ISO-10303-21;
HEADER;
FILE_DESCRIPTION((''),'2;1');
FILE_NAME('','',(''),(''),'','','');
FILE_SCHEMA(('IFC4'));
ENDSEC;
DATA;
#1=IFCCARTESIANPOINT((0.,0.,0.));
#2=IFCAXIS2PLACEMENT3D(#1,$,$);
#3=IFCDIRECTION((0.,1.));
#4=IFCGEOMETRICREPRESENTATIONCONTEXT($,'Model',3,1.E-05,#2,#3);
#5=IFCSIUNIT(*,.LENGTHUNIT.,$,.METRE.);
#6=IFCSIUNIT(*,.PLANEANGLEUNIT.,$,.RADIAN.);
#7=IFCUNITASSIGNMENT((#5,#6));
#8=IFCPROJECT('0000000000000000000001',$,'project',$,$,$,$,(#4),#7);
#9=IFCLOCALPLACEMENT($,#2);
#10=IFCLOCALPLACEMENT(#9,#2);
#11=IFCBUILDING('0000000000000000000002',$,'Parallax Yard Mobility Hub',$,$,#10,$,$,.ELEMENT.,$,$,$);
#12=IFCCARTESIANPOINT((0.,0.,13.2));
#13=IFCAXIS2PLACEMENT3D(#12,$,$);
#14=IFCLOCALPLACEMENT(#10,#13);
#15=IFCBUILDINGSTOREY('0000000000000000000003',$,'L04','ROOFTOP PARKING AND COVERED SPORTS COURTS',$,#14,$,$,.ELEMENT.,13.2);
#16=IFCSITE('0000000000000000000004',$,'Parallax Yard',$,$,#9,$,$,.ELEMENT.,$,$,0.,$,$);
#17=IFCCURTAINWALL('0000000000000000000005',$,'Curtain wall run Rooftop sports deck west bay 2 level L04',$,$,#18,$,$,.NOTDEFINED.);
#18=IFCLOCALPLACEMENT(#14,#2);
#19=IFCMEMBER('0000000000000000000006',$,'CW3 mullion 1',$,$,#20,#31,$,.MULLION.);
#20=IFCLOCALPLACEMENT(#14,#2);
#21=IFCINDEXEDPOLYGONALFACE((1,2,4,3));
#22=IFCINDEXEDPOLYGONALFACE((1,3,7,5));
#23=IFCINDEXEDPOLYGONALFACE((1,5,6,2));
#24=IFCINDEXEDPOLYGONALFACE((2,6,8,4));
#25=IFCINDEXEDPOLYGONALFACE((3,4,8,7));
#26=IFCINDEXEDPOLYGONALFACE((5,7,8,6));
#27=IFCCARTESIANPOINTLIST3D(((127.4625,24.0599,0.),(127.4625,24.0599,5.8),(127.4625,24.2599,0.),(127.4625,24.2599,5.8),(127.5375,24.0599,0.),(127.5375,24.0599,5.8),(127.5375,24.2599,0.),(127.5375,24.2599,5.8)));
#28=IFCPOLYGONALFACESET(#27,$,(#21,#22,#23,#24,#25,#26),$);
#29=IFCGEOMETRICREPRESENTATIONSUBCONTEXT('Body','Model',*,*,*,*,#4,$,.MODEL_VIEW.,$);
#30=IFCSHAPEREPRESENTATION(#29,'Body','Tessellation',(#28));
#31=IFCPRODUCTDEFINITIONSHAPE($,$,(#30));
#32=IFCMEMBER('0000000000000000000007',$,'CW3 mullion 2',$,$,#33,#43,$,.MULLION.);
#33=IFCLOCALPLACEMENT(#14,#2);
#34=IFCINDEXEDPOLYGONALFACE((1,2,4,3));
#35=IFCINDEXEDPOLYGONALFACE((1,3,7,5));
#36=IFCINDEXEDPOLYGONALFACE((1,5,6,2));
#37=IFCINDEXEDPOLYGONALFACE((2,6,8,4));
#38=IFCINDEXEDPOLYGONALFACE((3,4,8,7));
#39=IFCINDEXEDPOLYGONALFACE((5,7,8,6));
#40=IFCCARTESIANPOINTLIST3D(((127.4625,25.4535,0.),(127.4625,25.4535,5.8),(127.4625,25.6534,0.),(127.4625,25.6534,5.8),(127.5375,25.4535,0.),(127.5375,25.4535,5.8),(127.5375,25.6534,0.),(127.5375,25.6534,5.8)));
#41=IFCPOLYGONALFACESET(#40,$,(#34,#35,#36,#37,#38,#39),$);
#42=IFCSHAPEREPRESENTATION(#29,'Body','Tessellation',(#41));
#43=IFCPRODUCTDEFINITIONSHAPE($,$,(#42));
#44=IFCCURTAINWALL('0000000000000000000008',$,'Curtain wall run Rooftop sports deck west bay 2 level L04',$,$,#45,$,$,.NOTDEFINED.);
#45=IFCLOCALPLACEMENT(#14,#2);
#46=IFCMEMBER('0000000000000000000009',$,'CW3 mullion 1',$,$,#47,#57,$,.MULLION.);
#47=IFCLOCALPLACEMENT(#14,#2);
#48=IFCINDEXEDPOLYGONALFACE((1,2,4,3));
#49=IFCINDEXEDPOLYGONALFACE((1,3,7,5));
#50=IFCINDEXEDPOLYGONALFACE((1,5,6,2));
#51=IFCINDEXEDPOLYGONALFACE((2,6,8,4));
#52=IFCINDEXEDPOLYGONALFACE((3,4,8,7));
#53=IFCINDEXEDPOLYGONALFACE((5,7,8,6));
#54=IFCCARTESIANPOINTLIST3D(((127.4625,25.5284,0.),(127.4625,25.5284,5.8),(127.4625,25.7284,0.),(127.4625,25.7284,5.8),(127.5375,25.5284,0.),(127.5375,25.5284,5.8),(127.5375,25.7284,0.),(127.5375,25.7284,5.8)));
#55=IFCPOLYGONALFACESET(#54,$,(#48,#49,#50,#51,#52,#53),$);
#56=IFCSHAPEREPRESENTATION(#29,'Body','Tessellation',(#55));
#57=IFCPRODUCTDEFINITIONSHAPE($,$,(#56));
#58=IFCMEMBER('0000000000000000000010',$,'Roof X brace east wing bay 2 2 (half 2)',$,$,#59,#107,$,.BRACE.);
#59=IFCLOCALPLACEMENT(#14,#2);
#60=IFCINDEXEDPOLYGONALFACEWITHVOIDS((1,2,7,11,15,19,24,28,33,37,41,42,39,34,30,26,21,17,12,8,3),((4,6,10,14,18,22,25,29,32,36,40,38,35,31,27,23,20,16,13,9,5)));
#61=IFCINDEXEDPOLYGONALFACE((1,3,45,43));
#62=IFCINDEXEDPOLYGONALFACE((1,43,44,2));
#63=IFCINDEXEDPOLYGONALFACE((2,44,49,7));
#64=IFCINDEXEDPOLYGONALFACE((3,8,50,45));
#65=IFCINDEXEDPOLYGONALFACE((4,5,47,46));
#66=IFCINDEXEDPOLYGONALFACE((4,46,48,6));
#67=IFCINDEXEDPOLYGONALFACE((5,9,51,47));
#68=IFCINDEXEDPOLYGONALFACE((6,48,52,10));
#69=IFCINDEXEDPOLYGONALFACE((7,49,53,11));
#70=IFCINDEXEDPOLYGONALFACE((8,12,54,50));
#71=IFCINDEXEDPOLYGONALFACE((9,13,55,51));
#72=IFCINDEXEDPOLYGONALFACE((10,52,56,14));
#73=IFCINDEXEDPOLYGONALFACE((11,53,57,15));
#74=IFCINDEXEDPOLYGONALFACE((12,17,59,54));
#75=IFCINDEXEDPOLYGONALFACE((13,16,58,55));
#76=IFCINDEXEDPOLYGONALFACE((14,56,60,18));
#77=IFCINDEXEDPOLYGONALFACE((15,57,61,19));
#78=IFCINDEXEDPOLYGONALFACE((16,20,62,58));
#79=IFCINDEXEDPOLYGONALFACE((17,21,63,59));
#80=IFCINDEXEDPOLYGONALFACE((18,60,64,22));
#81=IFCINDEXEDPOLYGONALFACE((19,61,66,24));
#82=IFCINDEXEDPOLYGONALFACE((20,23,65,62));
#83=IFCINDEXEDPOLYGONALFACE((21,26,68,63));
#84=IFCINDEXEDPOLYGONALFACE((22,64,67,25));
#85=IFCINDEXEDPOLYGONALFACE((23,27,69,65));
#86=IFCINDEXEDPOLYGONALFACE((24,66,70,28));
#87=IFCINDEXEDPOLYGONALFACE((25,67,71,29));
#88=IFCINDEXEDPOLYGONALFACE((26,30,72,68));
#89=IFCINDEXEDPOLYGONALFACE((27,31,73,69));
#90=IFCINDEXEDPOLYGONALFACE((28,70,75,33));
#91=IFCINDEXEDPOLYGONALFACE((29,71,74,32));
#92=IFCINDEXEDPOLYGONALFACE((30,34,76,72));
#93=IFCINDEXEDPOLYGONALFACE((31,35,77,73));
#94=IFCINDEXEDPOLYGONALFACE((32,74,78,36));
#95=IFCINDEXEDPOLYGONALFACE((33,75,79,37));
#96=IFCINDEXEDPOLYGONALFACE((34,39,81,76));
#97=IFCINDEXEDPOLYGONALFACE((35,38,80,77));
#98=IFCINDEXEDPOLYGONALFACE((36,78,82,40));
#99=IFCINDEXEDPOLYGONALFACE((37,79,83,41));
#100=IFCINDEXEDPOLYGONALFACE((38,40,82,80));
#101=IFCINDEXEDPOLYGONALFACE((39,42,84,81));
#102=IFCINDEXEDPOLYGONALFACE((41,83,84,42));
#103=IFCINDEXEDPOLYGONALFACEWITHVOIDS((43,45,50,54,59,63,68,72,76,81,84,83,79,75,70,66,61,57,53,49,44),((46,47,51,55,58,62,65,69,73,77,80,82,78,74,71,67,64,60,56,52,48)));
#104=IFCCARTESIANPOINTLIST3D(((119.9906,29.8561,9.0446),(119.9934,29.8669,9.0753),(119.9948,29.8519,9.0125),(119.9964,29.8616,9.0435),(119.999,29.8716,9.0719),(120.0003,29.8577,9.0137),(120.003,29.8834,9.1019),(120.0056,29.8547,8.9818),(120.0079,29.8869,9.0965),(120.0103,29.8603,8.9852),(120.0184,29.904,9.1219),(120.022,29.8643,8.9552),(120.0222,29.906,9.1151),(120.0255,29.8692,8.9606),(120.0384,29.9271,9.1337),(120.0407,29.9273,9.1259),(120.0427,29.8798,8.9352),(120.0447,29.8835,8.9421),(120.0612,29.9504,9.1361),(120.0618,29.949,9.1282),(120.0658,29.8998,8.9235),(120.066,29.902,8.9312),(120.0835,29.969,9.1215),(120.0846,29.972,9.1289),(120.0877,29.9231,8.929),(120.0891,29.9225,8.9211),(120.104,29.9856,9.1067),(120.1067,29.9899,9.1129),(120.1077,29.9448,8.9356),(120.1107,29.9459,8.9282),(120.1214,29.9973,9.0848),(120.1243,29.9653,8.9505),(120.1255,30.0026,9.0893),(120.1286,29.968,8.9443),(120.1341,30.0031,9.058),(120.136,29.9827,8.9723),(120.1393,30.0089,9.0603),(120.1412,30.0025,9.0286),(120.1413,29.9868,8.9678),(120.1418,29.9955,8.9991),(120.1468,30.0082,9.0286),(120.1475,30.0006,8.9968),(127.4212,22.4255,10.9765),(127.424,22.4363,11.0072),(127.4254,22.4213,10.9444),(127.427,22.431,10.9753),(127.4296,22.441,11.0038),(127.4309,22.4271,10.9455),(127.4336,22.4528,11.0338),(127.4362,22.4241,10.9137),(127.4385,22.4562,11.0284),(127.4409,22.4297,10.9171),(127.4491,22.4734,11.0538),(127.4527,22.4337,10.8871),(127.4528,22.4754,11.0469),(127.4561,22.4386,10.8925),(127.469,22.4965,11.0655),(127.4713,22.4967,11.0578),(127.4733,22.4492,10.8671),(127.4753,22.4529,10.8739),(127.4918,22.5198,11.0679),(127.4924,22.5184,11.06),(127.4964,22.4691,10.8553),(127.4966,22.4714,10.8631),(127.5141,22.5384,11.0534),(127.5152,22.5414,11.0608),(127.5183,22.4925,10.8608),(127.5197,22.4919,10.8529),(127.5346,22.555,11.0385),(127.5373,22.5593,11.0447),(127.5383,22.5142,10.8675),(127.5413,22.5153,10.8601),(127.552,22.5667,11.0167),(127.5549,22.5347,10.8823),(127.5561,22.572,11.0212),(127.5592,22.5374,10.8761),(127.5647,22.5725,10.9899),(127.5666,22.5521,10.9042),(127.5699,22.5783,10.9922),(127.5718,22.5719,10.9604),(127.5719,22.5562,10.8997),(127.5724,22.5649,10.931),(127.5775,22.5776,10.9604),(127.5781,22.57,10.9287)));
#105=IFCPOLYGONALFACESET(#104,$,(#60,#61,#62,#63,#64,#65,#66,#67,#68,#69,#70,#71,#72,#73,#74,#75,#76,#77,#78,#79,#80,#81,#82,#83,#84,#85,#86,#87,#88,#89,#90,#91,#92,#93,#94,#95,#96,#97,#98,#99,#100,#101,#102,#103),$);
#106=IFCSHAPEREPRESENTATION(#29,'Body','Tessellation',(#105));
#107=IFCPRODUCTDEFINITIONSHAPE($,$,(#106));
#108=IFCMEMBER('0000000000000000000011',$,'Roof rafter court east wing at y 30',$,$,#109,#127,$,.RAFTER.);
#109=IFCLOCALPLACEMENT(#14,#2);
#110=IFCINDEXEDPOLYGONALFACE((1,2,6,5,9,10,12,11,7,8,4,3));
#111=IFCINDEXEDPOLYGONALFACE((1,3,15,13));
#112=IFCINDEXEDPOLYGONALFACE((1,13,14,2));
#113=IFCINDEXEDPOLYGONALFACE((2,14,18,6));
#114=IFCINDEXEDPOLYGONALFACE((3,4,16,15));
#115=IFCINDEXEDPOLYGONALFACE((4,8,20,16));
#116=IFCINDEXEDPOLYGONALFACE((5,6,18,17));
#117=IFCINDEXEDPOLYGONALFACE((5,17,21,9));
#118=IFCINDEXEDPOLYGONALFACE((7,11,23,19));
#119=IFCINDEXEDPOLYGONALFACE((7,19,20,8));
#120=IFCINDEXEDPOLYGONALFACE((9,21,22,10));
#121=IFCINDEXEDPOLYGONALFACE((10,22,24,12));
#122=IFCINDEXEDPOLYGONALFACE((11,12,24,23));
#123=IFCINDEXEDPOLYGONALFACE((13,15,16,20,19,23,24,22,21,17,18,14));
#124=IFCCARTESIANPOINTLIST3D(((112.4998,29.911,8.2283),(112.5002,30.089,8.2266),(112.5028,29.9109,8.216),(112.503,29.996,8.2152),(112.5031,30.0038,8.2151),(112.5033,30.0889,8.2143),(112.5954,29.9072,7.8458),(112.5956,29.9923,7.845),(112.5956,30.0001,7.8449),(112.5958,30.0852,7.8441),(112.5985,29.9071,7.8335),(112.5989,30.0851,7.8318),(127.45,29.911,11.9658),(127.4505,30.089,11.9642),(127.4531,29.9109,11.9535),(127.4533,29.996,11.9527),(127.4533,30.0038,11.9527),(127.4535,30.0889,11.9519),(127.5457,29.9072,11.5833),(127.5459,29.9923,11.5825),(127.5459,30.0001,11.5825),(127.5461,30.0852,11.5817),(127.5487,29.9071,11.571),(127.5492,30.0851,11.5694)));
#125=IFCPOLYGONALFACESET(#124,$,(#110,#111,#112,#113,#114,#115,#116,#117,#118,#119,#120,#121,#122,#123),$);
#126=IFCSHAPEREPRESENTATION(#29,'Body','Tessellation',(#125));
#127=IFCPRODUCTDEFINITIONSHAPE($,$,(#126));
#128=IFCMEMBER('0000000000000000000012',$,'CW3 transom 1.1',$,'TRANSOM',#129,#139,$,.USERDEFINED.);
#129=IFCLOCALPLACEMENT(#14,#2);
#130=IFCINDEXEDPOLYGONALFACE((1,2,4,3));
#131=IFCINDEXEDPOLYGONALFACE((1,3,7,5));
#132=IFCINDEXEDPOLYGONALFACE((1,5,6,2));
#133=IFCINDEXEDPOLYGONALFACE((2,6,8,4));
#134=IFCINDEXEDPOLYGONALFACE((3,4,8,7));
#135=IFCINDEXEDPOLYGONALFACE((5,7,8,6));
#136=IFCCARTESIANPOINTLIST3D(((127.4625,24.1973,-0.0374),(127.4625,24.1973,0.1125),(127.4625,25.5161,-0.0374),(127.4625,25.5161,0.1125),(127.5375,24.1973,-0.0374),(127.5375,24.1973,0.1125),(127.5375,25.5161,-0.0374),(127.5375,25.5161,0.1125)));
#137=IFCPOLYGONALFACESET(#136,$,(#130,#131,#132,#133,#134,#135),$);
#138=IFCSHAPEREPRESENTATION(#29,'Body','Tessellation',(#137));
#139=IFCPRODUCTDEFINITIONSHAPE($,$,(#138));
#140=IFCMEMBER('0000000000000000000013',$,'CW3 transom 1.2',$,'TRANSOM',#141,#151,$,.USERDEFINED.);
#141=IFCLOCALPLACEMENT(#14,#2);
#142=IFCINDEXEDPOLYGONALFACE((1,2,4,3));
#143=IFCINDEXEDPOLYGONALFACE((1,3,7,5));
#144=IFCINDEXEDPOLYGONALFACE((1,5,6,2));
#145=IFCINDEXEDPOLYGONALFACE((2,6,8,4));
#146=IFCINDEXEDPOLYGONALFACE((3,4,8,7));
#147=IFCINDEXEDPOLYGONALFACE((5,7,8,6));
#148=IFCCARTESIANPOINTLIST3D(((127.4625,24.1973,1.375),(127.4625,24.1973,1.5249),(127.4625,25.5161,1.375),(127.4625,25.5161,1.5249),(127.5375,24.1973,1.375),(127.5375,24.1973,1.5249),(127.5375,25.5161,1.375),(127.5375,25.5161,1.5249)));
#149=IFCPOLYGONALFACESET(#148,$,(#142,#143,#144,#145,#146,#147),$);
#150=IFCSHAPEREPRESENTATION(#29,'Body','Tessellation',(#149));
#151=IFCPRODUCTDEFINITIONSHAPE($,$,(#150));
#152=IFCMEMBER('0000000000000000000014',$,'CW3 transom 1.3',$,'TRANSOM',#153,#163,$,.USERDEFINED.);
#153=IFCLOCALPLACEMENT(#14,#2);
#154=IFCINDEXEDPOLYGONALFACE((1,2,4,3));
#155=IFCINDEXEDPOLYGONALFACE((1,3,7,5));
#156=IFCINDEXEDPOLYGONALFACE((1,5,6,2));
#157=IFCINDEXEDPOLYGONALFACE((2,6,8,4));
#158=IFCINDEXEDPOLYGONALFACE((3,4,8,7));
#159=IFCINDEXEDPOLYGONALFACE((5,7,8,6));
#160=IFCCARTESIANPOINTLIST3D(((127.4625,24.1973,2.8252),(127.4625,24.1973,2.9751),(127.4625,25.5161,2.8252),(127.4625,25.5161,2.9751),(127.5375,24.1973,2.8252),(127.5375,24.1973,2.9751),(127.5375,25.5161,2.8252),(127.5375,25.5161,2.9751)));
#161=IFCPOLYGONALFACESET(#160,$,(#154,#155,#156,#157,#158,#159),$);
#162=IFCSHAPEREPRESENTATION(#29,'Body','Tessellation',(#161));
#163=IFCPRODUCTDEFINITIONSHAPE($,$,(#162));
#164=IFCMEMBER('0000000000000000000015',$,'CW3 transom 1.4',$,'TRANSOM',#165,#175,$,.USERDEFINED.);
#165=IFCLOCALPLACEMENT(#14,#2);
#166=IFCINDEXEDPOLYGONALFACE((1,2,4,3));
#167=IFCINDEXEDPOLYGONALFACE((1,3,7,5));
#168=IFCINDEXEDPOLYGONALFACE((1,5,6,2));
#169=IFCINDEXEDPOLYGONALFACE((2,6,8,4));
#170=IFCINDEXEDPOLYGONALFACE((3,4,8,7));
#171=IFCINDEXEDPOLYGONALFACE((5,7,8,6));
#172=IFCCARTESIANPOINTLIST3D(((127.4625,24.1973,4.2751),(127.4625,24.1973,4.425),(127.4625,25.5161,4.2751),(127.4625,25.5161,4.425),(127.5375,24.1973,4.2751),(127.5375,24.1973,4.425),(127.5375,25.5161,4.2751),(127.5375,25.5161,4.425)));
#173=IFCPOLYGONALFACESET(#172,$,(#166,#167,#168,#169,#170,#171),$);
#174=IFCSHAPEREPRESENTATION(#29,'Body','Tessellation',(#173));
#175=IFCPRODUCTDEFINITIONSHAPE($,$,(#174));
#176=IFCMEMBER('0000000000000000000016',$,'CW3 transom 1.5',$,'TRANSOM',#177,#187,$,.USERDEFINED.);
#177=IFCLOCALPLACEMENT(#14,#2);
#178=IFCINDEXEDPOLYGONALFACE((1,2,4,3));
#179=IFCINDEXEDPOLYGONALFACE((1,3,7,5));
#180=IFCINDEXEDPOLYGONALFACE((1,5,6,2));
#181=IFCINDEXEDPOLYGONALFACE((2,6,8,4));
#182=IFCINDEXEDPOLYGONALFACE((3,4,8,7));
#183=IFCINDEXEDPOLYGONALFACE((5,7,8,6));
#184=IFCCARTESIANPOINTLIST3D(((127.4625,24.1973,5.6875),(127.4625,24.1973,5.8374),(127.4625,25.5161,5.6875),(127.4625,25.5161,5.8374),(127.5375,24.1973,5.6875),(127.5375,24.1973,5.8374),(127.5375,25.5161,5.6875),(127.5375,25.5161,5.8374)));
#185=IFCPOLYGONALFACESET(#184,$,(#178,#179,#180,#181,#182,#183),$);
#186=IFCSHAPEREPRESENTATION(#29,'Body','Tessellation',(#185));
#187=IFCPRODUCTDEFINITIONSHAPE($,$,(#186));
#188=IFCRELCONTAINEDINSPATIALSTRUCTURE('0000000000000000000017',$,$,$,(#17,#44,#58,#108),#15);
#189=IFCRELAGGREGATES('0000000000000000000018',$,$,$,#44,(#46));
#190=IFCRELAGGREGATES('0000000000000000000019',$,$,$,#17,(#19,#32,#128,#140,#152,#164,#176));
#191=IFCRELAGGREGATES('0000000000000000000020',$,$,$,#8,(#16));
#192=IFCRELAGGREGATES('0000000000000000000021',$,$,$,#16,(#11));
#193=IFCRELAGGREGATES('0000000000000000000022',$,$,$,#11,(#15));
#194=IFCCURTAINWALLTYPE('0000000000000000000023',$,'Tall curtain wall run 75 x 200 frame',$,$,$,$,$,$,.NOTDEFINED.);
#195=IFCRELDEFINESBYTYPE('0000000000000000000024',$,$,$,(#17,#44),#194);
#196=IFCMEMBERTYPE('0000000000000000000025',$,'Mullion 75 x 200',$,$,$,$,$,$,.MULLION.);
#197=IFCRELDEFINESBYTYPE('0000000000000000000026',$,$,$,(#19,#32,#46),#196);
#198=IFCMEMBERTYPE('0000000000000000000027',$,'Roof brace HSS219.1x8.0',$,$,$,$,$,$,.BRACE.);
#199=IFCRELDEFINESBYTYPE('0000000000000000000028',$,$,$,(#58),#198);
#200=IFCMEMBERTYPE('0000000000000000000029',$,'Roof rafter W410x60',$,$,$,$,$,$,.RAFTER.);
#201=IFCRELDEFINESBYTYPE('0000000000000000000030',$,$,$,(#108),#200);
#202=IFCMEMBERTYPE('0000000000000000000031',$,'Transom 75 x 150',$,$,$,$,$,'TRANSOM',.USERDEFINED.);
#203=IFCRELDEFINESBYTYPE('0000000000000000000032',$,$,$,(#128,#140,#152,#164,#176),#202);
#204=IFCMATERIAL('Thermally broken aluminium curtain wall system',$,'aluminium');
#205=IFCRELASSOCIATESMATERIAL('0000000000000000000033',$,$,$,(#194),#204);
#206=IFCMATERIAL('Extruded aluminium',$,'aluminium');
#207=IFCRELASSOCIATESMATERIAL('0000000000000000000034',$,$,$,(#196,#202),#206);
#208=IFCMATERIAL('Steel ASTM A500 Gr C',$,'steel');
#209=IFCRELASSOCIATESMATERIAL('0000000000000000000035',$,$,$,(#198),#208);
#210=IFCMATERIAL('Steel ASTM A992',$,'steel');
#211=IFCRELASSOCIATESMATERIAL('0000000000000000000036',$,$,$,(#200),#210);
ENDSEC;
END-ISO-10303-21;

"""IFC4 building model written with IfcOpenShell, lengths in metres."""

from ifc_helpers import new_model, si_unit, direction, frame, origin, origin_2d, place, context, subcontext, project, spatial, rectangle, hollow_circle, i_section, extrude, material, material_profile, profile_set, type_object, element, aggregate, save


model = new_model("IFC4")

# Units and contexts
model_context = context("Model", 3, precision=1e-05, world=origin(), true_north=direction((0.0, 1.0)))
body_context = subcontext(model_context, "Body", "Model", "MODEL_VIEW")
ifc_project = project(units=[si_unit("LENGTHUNIT", "METRE"), si_unit("PLANEANGLEUNIT", "RADIAN")], contexts=[model_context])

# Site, building, storey
site_placement = place(None, origin())
site = spatial("IfcSite", under=ifc_project, at=site_placement, Name="Parallax Yard", CompositionType="ELEMENT", RefElevation=0.0)
building_placement = place(site_placement, origin())
building = spatial("IfcBuilding", under=site, at=building_placement, Name="Parallax Yard Mobility Hub", CompositionType="ELEMENT")
storey_placement = place(building_placement, frame((0.0, 0.0, 13.2)))
storey = spatial("IfcBuildingStorey", under=building, at=storey_placement, Name="L04", Description="ROOFTOP PARKING AND COVERED SPORTS COURTS", CompositionType="ELEMENT", Elevation=13.2)

# Curtain wall, members
ifc_material_1 = material(Name="Thermally broken aluminium curtain wall system", Category="aluminium")
curtain_wall_type = type_object("IfcCurtainWallType", Name="Tall curtain wall run 75 x 200 frame", PredefinedType="NOTDEFINED", material=ifc_material_1)
curtain_wall_1_placement = place(storey_placement, origin())
curtain_wall_1 = element("IfcCurtainWall", 1, at=curtain_wall_1_placement, inside=storey, type_object=curtain_wall_type, Name="Curtain wall run Rooftop sports deck west bay 2 level L04", PredefinedType="NOTDEFINED")
ifc_material_2 = material(Name="Extruded aluminium", Category="aluminium")
ifc_material_profile_1 = material_profile(ifc_material_2, rectangle(XDim=0.075, YDim=0.2, at=origin_2d()), Name="Mullion 75 x 200")
ifc_profile_set_1 = profile_set([ifc_material_profile_1], Name="Extruded aluminium")
member_type_1 = type_object("IfcMemberType", Name="Mullion 75 x 200", PredefinedType="MULLION", material=ifc_profile_set_1)
member_1_placement = place(storey_placement, frame((127.5, 24.1599, 0.0), z_axis=(0.0, 0.0, 1.0), x_axis=(-1.0, 0.0, 0.0)))
member_1 = element("IfcMember", 2, at=member_1_placement, type_object=member_type_1, Name="CW3 mullion 1", PredefinedType="MULLION", context=body_context, shape_type="SweptSolid", body=[
    extrude(rectangle(XDim=0.075, YDim=0.2, at=origin_2d()), origin(), (0.0, 0.0, 1.0), 5.8),
])
member_2_placement = place(storey_placement, frame((127.5, 25.5535, 0.0), z_axis=(0.0, 0.0, 1.0), x_axis=(-1.0, 0.0, 0.0)))
member_2 = element("IfcMember", 3, at=member_2_placement, type_object=member_type_1, Name="CW3 mullion 2", PredefinedType="MULLION", context=body_context, shape_type="SweptSolid", body=[
    extrude(rectangle(XDim=0.075, YDim=0.2, at=origin_2d()), origin(), (0.0, 0.0, 1.0), 5.8),
])

# Curtain wall, member
curtain_wall_2_placement = place(storey_placement, origin())
curtain_wall_2 = element("IfcCurtainWall", 4, at=curtain_wall_2_placement, inside=storey, type_object=curtain_wall_type, Name="Curtain wall run Rooftop sports deck west bay 2 level L04", PredefinedType="NOTDEFINED")
member_3_placement = place(storey_placement, frame((127.5, 25.6284, 0.0), z_axis=(0.0, 0.0, 1.0), x_axis=(-1.0, 0.0, 0.0)))
member_3 = element("IfcMember", 5, at=member_3_placement, type_object=member_type_1, Name="CW3 mullion 1", PredefinedType="MULLION", context=body_context, shape_type="SweptSolid", body=[
    extrude(rectangle(XDim=0.075, YDim=0.2, at=origin_2d()), origin(), (0.0, 0.0, 1.0), 5.8),
])

# Members
ifc_material_3 = material(Name="Steel ASTM A500 Gr C", Category="steel")
ifc_material_profile_2 = material_profile(ifc_material_3, hollow_circle(Radius=0.1096, WallThickness=0.0081, at=origin_2d()), Name="HSS219.1x8.0")
ifc_profile_set_2 = profile_set([ifc_material_profile_2], Name="Steel ASTM A500 Gr C")
member_type_2 = type_object("IfcMemberType", Name="Roof brace HSS219.1x8.0", PredefinedType="BRACE", material=ifc_profile_set_2)
member_4_placement = place(storey_placement, frame((120.0693, 29.9307, 9.0286), z_axis=(0.695452, -0.695452, 0.180809), x_axis=(0.707107, 0.707107, 0.0)))
element("IfcMember", 6, at=member_4_placement, inside=storey, type_object=member_type_2, Name="Roof X brace east wing bay 2 2 (half 2)", PredefinedType="BRACE", context=body_context, shape_type="SweptSolid", body=[
    extrude(hollow_circle(Radius=0.1096, WallThickness=0.0081, at=origin_2d()), origin(), (0.0, 0.0, 1.0), 10.6846),
])
ifc_material_4 = material(Name="Steel ASTM A992", Category="steel")
ifc_material_profile_3 = material_profile(ifc_material_4, i_section(OverallWidth=0.178, OverallDepth=0.407, WebThickness=0.0078, FlangeThickness=0.0127, at=origin_2d()), Name="W410x60")
ifc_profile_set_3 = profile_set([ifc_material_profile_3], Name="Steel ASTM A992")
member_type_3 = type_object("IfcMemberType", Name="Roof rafter W410x60", PredefinedType="RAFTER", material=ifc_profile_set_3)
member_5_placement = place(storey_placement, frame((112.5493, 29.998, 8.03), z_axis=(0.970143, 0.0, 0.242536), x_axis=(0.002353, 0.999953, -0.009411)))
element("IfcMember", 7, at=member_5_placement, inside=storey, type_object=member_type_3, Name="Roof rafter court east wing at y 30", PredefinedType="RAFTER", context=body_context, shape_type="SweptSolid", body=[
    extrude(i_section(OverallWidth=0.178, OverallDepth=0.407, WebThickness=0.0078, FlangeThickness=0.0127, at=origin_2d()), origin(), (0.0, 0.0, 1.0), 15.4104),
])

# Members
ifc_material_profile_4 = material_profile(ifc_material_2, rectangle(XDim=0.075, YDim=0.1499, at=origin_2d()), Name="Transom 75 x 150")
ifc_profile_set_4 = profile_set([ifc_material_profile_4], Name="Extruded aluminium")
member_type_4 = type_object("IfcMemberType", Name="Transom 75 x 150", ElementType="TRANSOM", PredefinedType="USERDEFINED", material=ifc_profile_set_4)
member_6_placement = place(storey_placement, frame((127.5, 24.1973, 0.0376), z_axis=(0.0, 1.0, 0.0), x_axis=(-1.0, 0.0, 0.0)))
member_6 = element("IfcMember", 8, at=member_6_placement, type_object=member_type_4, Name="CW3 transom 1.1", ObjectType="TRANSOM", PredefinedType="USERDEFINED", context=body_context, shape_type="SweptSolid", body=[
    extrude(rectangle(XDim=0.075, YDim=0.1499, at=origin_2d()), origin(), (0.0, 0.0, 1.0), 1.3188),
])
member_7_placement = place(storey_placement, frame((127.5, 24.1973, 1.45), z_axis=(0.0, 1.0, 0.0), x_axis=(-1.0, 0.0, 0.0)))
member_7 = element("IfcMember", 9, at=member_7_placement, type_object=member_type_4, Name="CW3 transom 1.2", ObjectType="TRANSOM", PredefinedType="USERDEFINED", context=body_context, shape_type="SweptSolid", body=[
    extrude(rectangle(XDim=0.075, YDim=0.1499, at=origin_2d()), origin(), (0.0, 0.0, 1.0), 1.3188),
])
member_8_placement = place(storey_placement, frame((127.5, 24.1973, 2.9001), z_axis=(0.0, 1.0, 0.0), x_axis=(-1.0, 0.0, 0.0)))
member_8 = element("IfcMember", 10, at=member_8_placement, type_object=member_type_4, Name="CW3 transom 1.3", ObjectType="TRANSOM", PredefinedType="USERDEFINED", context=body_context, shape_type="SweptSolid", body=[
    extrude(rectangle(XDim=0.075, YDim=0.1499, at=origin_2d()), origin(), (0.0, 0.0, 1.0), 1.3188),
])
member_9_placement = place(storey_placement, frame((127.5, 24.1973, 4.3501), z_axis=(0.0, 1.0, 0.0), x_axis=(-1.0, 0.0, 0.0)))
member_9 = element("IfcMember", 11, at=member_9_placement, type_object=member_type_4, Name="CW3 transom 1.4", ObjectType="TRANSOM", PredefinedType="USERDEFINED", context=body_context, shape_type="SweptSolid", body=[
    extrude(rectangle(XDim=0.075, YDim=0.1499, at=origin_2d()), origin(), (0.0, 0.0, 1.0), 1.3188),
])
member_10_placement = place(storey_placement, frame((127.5, 24.1973, 5.7625), z_axis=(0.0, 1.0, 0.0), x_axis=(-1.0, 0.0, 0.0)))
member_10 = element("IfcMember", 12, at=member_10_placement, type_object=member_type_4, Name="CW3 transom 1.5", ObjectType="TRANSOM", PredefinedType="USERDEFINED", context=body_context, shape_type="SweptSolid", body=[
    extrude(rectangle(XDim=0.075, YDim=0.1499, at=origin_2d()), origin(), (0.0, 0.0, 1.0), 1.3188),
])
aggregate(curtain_wall_2, [member_3])

aggregate(curtain_wall_1, [member_1, member_2, member_6, member_7, member_8, member_9, member_10])

save(model, "model.ifc")
